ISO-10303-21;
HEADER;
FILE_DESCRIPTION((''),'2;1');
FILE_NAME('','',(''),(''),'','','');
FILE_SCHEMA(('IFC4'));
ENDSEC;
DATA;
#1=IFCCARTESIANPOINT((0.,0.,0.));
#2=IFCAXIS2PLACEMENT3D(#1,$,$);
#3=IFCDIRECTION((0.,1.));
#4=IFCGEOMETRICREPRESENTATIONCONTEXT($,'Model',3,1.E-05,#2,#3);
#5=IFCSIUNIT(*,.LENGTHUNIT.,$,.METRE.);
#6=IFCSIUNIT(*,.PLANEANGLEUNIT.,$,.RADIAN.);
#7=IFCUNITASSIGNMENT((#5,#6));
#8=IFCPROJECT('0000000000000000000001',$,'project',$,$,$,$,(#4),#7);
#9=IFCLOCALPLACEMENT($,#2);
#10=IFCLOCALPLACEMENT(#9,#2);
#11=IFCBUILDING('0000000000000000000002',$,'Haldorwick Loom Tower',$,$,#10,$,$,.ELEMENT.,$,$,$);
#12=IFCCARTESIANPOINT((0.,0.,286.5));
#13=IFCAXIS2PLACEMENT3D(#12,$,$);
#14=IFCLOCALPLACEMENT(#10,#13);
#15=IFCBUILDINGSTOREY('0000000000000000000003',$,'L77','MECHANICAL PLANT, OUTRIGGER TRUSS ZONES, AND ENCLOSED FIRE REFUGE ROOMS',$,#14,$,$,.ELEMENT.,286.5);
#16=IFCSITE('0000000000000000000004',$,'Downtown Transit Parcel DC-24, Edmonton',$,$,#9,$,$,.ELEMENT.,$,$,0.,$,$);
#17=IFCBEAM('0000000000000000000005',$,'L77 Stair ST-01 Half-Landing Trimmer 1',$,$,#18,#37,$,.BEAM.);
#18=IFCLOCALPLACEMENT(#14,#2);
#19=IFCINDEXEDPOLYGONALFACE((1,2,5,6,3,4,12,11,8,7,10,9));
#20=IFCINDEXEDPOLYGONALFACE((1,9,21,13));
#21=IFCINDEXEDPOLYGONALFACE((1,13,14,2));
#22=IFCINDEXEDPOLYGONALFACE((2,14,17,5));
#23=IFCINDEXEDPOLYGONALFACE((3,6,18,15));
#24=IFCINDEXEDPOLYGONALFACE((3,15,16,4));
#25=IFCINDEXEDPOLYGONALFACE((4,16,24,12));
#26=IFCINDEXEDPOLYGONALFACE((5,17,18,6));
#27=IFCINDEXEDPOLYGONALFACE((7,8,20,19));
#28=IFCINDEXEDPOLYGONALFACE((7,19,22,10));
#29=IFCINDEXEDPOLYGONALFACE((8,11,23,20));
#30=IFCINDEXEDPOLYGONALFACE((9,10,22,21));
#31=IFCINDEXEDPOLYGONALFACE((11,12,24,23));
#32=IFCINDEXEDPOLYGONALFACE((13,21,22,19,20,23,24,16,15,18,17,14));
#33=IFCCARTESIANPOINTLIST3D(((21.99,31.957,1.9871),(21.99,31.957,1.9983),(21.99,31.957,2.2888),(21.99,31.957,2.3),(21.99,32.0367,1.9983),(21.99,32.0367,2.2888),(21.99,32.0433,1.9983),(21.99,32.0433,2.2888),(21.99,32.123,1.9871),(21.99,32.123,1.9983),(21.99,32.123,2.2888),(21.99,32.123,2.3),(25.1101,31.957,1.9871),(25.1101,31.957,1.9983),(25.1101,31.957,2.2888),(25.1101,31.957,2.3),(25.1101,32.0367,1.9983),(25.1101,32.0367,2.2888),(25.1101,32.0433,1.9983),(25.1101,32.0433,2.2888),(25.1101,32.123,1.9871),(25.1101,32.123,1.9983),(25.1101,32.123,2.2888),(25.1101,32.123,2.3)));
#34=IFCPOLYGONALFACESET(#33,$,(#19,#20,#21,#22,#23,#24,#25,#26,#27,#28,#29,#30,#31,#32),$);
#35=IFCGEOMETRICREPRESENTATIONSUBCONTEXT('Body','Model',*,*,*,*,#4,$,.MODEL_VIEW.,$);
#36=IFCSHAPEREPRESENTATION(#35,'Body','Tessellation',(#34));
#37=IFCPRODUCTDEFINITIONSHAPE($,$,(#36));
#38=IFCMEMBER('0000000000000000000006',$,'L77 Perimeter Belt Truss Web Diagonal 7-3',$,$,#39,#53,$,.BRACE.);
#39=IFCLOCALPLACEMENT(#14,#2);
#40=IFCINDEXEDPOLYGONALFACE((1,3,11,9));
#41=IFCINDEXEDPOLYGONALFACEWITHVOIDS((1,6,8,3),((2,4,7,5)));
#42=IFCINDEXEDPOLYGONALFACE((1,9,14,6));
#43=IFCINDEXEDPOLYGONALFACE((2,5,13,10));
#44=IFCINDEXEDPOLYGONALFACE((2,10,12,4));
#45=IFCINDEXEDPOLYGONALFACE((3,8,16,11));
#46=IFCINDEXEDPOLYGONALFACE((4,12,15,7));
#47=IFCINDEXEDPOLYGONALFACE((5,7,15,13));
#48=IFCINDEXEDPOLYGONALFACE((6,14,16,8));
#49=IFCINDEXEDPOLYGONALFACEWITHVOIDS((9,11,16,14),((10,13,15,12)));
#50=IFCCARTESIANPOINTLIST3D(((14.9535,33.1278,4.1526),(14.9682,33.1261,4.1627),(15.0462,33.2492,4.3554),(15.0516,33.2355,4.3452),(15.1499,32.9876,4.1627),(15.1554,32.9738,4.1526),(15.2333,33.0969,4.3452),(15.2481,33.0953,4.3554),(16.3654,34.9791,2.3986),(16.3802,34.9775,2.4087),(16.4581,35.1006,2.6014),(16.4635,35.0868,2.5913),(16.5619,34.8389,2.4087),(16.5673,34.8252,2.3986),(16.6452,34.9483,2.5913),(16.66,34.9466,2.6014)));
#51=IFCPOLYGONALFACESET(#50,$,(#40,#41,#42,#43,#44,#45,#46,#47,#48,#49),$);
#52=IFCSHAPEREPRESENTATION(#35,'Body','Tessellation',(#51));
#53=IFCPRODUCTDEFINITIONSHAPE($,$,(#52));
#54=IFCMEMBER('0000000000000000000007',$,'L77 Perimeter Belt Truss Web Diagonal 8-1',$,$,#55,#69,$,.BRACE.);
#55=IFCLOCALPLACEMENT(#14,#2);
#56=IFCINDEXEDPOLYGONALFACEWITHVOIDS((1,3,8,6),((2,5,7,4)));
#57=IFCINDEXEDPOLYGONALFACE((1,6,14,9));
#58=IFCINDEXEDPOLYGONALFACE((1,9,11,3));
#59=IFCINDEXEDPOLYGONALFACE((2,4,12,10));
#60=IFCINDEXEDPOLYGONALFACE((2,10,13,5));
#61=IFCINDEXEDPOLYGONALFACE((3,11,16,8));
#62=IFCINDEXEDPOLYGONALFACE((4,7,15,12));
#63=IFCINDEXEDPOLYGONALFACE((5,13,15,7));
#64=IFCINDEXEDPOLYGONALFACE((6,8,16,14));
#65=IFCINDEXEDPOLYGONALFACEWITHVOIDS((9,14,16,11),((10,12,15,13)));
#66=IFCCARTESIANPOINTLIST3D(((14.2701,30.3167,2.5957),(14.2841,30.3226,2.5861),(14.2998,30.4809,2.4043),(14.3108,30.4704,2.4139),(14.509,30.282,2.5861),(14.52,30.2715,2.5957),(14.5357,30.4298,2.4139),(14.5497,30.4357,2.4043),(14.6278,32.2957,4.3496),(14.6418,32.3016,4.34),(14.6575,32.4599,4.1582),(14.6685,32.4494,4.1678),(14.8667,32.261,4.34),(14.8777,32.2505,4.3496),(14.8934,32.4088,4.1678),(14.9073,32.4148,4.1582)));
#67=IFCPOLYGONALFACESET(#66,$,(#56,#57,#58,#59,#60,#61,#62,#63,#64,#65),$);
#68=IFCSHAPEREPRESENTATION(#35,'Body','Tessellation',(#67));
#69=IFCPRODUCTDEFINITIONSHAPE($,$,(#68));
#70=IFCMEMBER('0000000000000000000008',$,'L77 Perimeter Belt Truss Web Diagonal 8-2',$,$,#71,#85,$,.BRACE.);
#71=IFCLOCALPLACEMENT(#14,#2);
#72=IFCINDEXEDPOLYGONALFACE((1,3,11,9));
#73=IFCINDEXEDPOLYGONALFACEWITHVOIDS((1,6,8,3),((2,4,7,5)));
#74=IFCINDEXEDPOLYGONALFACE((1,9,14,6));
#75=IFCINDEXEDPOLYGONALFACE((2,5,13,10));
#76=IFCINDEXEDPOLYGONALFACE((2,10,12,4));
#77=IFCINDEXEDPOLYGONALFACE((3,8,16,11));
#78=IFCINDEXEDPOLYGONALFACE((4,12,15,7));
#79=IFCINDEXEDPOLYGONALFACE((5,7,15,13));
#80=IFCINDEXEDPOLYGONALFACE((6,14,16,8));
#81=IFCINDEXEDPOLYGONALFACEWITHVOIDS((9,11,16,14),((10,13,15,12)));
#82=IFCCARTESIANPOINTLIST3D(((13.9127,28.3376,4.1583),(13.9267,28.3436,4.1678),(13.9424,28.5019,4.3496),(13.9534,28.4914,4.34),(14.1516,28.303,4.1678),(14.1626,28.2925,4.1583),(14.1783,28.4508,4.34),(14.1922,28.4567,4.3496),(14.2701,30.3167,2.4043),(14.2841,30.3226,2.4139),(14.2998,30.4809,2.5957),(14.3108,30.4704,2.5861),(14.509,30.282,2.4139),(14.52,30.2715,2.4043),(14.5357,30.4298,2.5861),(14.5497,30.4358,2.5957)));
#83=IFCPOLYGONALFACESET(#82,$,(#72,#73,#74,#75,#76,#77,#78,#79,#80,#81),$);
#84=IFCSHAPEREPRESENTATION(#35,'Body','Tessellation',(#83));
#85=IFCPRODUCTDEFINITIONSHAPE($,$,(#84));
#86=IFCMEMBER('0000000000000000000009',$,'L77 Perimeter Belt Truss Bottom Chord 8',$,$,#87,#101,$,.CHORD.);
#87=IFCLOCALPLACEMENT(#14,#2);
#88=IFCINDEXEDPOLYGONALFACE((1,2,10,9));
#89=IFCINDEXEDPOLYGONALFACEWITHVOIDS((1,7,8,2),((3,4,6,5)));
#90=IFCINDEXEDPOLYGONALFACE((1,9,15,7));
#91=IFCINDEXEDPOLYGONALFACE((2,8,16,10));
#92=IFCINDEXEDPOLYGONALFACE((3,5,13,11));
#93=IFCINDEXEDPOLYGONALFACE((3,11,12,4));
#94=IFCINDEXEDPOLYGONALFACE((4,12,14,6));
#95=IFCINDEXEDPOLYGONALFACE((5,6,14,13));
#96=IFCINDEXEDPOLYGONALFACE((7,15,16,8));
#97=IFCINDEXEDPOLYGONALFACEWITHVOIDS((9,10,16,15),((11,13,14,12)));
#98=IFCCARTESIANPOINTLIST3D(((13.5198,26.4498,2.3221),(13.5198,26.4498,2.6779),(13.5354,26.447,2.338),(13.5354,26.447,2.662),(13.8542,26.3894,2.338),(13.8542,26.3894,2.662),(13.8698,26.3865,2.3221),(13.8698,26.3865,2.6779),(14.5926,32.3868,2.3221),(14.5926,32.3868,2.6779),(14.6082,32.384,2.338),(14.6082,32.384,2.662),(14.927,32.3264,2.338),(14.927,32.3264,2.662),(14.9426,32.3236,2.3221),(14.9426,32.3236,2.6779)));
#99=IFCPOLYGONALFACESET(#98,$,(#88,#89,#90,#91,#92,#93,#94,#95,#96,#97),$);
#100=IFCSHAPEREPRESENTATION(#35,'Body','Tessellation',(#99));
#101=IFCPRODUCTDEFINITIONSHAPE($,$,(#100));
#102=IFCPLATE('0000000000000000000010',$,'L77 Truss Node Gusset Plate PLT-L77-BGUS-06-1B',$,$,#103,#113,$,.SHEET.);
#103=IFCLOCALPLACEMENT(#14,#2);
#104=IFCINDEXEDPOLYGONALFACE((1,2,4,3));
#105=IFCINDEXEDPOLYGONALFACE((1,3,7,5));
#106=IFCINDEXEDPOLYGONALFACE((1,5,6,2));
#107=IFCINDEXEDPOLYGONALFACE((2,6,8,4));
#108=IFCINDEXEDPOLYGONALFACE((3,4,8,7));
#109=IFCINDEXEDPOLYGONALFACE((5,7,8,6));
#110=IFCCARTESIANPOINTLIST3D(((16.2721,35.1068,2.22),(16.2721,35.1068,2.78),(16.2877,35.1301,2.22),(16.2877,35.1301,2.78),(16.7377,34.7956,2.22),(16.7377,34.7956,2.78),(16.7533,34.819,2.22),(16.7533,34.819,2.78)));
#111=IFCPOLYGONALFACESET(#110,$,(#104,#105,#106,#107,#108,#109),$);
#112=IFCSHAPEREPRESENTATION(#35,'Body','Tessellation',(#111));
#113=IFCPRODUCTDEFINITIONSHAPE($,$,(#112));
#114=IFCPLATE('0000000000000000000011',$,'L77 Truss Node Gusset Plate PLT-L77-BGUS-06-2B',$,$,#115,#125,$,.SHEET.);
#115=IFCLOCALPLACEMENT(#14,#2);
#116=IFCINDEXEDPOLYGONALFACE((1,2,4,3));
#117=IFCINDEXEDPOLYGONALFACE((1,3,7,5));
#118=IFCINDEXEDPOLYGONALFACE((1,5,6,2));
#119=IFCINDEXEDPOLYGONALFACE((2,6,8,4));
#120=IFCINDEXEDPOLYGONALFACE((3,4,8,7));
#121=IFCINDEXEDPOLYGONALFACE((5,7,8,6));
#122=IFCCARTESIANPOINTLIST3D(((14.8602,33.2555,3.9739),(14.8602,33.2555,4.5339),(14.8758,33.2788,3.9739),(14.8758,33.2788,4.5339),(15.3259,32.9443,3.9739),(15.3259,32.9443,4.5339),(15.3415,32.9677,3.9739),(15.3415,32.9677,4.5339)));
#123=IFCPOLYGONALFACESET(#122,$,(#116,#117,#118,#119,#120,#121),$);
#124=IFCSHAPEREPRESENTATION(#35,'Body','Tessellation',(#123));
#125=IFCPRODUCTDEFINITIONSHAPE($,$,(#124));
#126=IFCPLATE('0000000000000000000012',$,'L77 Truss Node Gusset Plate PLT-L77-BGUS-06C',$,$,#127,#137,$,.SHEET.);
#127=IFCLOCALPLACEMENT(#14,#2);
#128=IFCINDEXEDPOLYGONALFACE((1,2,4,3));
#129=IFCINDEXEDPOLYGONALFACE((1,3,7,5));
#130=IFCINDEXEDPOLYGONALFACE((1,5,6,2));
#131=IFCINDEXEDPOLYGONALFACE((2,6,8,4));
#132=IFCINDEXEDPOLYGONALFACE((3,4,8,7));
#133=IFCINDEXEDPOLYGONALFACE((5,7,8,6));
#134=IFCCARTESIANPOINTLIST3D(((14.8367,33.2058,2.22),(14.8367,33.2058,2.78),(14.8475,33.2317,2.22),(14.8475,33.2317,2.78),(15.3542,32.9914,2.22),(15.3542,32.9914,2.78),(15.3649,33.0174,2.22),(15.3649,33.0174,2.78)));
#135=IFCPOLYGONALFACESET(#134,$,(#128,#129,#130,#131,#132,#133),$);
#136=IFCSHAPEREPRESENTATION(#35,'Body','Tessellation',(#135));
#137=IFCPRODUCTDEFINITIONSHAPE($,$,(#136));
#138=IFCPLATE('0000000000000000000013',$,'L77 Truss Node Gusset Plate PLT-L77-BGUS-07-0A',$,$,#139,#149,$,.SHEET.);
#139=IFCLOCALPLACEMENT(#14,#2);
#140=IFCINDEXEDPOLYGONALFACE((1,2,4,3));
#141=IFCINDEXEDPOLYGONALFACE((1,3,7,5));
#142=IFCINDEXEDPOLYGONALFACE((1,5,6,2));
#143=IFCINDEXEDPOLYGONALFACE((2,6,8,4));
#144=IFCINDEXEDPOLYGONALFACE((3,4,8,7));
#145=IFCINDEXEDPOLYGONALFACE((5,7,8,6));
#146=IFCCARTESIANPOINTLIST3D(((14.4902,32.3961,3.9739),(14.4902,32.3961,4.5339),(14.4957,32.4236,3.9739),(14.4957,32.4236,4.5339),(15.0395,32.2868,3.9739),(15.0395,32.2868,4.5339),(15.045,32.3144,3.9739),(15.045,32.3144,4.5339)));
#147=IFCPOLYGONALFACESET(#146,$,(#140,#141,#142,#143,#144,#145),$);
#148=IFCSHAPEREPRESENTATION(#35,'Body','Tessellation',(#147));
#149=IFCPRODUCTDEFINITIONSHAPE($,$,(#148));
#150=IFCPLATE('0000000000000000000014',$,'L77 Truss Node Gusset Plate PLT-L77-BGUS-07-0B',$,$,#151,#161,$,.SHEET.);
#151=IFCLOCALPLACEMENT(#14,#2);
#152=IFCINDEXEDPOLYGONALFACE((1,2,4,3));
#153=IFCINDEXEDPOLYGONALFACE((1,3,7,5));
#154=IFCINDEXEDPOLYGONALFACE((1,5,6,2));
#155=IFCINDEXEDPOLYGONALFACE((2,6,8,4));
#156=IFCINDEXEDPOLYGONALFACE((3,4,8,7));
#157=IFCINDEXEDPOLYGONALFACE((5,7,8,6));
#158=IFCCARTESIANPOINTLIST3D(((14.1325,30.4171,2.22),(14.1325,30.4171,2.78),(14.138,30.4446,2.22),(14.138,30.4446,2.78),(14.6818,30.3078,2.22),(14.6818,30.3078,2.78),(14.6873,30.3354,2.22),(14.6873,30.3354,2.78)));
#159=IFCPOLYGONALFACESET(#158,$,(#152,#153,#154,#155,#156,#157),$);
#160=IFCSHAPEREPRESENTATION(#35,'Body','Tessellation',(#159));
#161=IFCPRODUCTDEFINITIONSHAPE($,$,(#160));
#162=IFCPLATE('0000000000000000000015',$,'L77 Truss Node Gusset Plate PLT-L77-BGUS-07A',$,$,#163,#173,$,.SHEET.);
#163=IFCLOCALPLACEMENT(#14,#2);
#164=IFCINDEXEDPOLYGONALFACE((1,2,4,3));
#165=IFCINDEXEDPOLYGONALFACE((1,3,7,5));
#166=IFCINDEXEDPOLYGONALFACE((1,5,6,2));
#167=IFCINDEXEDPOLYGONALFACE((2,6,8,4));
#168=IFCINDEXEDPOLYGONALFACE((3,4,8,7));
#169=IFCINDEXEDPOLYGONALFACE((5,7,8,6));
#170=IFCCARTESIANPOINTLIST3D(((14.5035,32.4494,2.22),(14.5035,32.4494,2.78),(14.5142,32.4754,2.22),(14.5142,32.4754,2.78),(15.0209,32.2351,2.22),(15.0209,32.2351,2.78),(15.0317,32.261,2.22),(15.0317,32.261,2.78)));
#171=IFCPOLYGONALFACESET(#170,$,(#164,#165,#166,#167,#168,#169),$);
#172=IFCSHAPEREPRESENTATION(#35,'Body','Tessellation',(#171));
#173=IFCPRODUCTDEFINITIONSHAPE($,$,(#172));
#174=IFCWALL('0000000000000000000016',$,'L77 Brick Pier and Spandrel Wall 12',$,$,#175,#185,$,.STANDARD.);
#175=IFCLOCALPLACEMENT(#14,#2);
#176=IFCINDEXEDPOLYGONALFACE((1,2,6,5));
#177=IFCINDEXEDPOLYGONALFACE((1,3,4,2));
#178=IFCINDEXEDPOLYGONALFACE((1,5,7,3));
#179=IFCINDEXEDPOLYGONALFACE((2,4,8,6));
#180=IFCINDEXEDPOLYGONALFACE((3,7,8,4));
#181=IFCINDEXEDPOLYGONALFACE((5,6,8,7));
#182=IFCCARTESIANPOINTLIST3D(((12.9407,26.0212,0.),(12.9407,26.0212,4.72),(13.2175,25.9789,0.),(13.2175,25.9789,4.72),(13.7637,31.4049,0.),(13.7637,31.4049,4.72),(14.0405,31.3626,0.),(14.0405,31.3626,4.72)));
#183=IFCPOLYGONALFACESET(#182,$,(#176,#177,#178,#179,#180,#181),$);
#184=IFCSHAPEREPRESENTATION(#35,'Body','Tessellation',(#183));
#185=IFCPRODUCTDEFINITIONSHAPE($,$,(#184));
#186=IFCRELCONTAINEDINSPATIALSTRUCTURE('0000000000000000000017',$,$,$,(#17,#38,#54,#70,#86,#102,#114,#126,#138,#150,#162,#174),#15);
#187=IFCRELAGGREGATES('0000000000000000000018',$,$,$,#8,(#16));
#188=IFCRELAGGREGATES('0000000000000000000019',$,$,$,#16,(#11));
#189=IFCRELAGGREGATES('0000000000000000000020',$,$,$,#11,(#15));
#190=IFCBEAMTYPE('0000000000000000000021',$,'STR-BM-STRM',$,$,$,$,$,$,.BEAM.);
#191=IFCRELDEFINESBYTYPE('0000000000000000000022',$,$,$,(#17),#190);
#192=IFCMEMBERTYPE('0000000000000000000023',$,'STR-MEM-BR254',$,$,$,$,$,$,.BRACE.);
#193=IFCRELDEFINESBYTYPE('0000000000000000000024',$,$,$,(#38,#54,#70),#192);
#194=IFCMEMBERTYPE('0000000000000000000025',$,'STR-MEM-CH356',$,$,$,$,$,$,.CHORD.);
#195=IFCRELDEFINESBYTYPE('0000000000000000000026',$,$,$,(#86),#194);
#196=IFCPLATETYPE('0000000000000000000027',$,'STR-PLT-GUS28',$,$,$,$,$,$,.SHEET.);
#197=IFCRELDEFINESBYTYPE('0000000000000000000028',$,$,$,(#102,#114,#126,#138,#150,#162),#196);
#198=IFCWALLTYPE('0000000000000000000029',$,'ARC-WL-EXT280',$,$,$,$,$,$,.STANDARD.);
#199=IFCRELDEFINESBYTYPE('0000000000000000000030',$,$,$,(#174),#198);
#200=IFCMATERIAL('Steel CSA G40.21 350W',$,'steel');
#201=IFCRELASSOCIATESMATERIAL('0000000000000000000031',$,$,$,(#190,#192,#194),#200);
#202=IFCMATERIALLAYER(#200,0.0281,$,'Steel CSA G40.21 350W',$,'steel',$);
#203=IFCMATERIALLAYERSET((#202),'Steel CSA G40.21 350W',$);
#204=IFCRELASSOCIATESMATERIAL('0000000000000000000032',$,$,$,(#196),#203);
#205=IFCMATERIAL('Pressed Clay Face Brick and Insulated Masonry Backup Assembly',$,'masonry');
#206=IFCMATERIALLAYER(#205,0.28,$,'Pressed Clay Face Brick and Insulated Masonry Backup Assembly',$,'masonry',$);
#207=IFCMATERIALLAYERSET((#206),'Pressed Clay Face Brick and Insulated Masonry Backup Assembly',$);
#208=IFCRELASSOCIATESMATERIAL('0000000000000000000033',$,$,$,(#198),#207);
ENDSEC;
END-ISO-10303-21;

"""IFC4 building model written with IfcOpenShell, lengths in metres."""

from ifc_helpers import new_model, si_unit, direction, frame, frame_2d, origin, origin_2d, place, context, subcontext, project, spatial, rectangle, hollow_rectangle, i_section, extrude, material, layer, layer_set, material_profile, profile_set, type_object, element, save


model = new_model("IFC4")

# Units and contexts
model_context = context("Model", 3, precision=1e-05, world=origin(), true_north=direction((0.0, 1.0)))
body_context = subcontext(model_context, "Body", "Model", "MODEL_VIEW")
ifc_project = project(units=[si_unit("LENGTHUNIT", "METRE"), si_unit("PLANEANGLEUNIT", "RADIAN")], contexts=[model_context])

# Site, building, storey
site_placement = place(None, origin())
site = spatial("IfcSite", under=ifc_project, at=site_placement, Name="Downtown Transit Parcel DC-24, Edmonton", CompositionType="ELEMENT", RefElevation=0.0)
building_placement = place(site_placement, origin())
building = spatial("IfcBuilding", under=site, at=building_placement, Name="Haldorwick Loom Tower", CompositionType="ELEMENT")
storey_placement = place(building_placement, frame((0.0, 0.0, 286.5)))
storey = spatial("IfcBuildingStorey", under=building, at=storey_placement, Name="L77", Description="MECHANICAL PLANT, OUTRIGGER TRUSS ZONES, AND ENCLOSED FIRE REFUGE ROOMS", CompositionType="ELEMENT", Elevation=286.5)

# Shared definitions
ifc_material_1 = material(Name="Steel CSA G40.21 350W", Category="steel")

# Beam
ifc_material_profile_1 = material_profile(ifc_material_1, i_section(OverallWidth=0.166, OverallDepth=0.313, WebThickness=0.0066, FlangeThickness=0.0112, at=origin_2d()), Name="W310X45", Category="steel")
ifc_profile_set_1 = profile_set([ifc_material_profile_1], Name="Steel CSA G40.21 350W")
beam_type_1 = type_object("IfcBeamType", Name="STR-BM-STRM", PredefinedType="BEAM", material=ifc_profile_set_1)
beam_1_placement = place(storey_placement, frame((21.99, 32.04, 2.1436), z_axis=(1.0, 0.0, 0.0), x_axis=(0.0, 1.0, 0.0)))
element("IfcBeam", 1, at=beam_1_placement, inside=storey, type_object=beam_type_1, Name="L77 Stair ST-01 Half-Landing Trimmer 1", PredefinedType="BEAM", context=body_context, shape_type="SweptSolid", body=[
    extrude(i_section(OverallWidth=0.166, OverallDepth=0.313, WebThickness=0.0066, FlangeThickness=0.0112, at=origin_2d()), origin(), (0.0, 0.0, 1.0), 3.1201),
])

# Members
ifc_material_profile_2 = material_profile(ifc_material_1, hollow_rectangle(XDim=0.2539, YDim=0.2539, WallThickness=0.0127, at=origin_2d()), Name="HSS254X254X13", Category="steel")
ifc_profile_set_2 = profile_set([ifc_material_profile_2], Name="Steel CSA G40.21 350W")
member_type_1 = type_object("IfcMemberType", Name="STR-MEM-BR254", PredefinedType="BRACE", material=ifc_profile_set_2)
member_1_placement = place(storey_placement, frame((16.5127, 34.9629, 2.5), z_axis=(-0.484353, -0.635112, 0.601694), x_axis=(0.795155, -0.606406, 0.0)))
element("IfcMember", 2, at=member_1_placement, inside=storey, type_object=member_type_1, Name="L77 Perimeter Belt Truss Web Diagonal 7-3", PredefinedType="BRACE", context=body_context, shape_type="SweptSolid", body=[
    extrude(hollow_rectangle(XDim=0.2539, YDim=0.2539, WallThickness=0.0127, at=origin_2d()), origin(), (0.0, 0.0, 1.0), 2.915),
])
for number, where, z_axis, x_axis, name in (
    (3, (14.7676, 32.3552, 4.2539), (-0.134036, -0.741633, -0.657278), (0.984058, -0.177849, 0.0), "L77 Perimeter Belt Truss Web Diagonal 8-1"),
    (4, (14.4099, 30.3762, 2.5), (-0.133946, -0.741643, 0.657286), (0.984079, -0.177732, 0.0), "L77 Perimeter Belt Truss Web Diagonal 8-2"),
):
    element("IfcMember", number, at=place(storey_placement, frame(where, z_axis=z_axis, x_axis=x_axis)), inside=storey, type_object=member_type_1, Name=name, PredefinedType="BRACE", context=body_context, shape_type="SweptSolid", body=[
        extrude(hollow_rectangle(XDim=0.2539, YDim=0.2539, WallThickness=0.0127, at=origin_2d()), origin(), (0.0, 0.0, 1.0), 2.6685),
    ])
ifc_material_profile_3 = material_profile(ifc_material_1, hollow_rectangle(XDim=0.3557, YDim=0.3557, WallThickness=0.0159, at=origin_2d()), Name="HSS356X356X16", Category="steel")
ifc_profile_set_3 = profile_set([ifc_material_profile_3], Name="Steel CSA G40.21 350W")
member_type_2 = type_object("IfcMemberType", Name="STR-MEM-CH356", PredefinedType="CHORD", material=ifc_profile_set_3)
member_2_placement = place(storey_placement, frame((14.7676, 32.3552, 2.5), z_axis=(-0.17781, -0.984065, 0.0), x_axis=(0.984065, -0.17781, 0.0)))
element("IfcMember", 5, at=member_2_placement, inside=storey, type_object=member_type_2, Name="L77 Perimeter Belt Truss Bottom Chord 8", PredefinedType="CHORD", context=body_context, shape_type="SweptSolid", body=[
    extrude(hollow_rectangle(XDim=0.3557, YDim=0.3557, WallThickness=0.0159, at=origin_2d()), origin(), (0.0, 0.0, 1.0), 6.0332),
])

# Plates
ifc_layer_1 = layer(ifc_material_1, 0.0281, Name="Steel CSA G40.21 350W", Category="steel")
ifc_layer_set_1 = layer_set([ifc_layer_1], Name="Steel CSA G40.21 350W")
plate_type = type_object("IfcPlateType", Name="STR-PLT-GUS28", PredefinedType="SHEET", material=ifc_layer_set_1)
for number, where, z_axis, x_axis, name in (
    (6, (16.5127, 34.9629, 2.22), (0.0, 0.0, 1.0), (-0.83147, 0.55557, 0.0), "L77 Truss Node Gusset Plate PLT-L77-BGUS-06-1B"),
    (7, (15.1008, 33.1116, 3.9739), (0.0, 0.0, 1.0), (-0.83147, 0.55557, 0.0), "L77 Truss Node Gusset Plate PLT-L77-BGUS-06-2B"),
    (8, (15.1008, 33.1116, 2.22), (0.0, 0.0, 1.0), (-0.92388, 0.382683, 0.0), "L77 Truss Node Gusset Plate PLT-L77-BGUS-06C"),
    (9, (14.7676, 32.3552, 3.9739), (0.0, 0.0, 1.0), (-0.980785, 0.19509, 0.0), "L77 Truss Node Gusset Plate PLT-L77-BGUS-07-0A"),
    (10, (14.4099, 30.3762, 2.22), (0.0, 0.0, 1.0), (-0.980785, 0.19509, 0.0), "L77 Truss Node Gusset Plate PLT-L77-BGUS-07-0B"),
    (11, (14.7676, 32.3552, 2.22), (0.0, 0.0, 1.0), (-0.92388, 0.382683, 0.0), "L77 Truss Node Gusset Plate PLT-L77-BGUS-07A"),
):
    element("IfcPlate", number, at=place(storey_placement, frame(where, z_axis=z_axis, x_axis=x_axis)), inside=storey, type_object=plate_type, Name=name, PredefinedType="SHEET", context=body_context, shape_type="SweptSolid", body=[
        extrude(rectangle(XDim=0.5601, YDim=0.0281, at=origin_2d()), origin(), (0.0, 0.0, 1.0), 0.5601),
    ])

# Wall
ifc_material_2 = material(Name="Pressed Clay Face Brick and Insulated Masonry Backup Assembly", Category="masonry")
ifc_layer_2 = layer(ifc_material_2, 0.28, Name="Pressed Clay Face Brick and Insulated Masonry Backup Assembly", Category="masonry")
ifc_layer_set_2 = layer_set([ifc_layer_2], Name="Pressed Clay Face Brick and Insulated Masonry Backup Assembly")
wall_type_1 = type_object("IfcWallType", Name="ARC-WL-EXT280", PredefinedType="STANDARD", material=ifc_layer_set_2)
wall_1_placement = place(storey_placement, frame((13.9021, 31.3838, 0.0), z_axis=(0.0, 0.0, 1.0), x_axis=(-0.151111, -0.988517, 0.0)))
element("IfcWall", 12, at=wall_1_placement, inside=storey, type_object=wall_type_1, Name="L77 Brick Pier and Spandrel Wall 12", PredefinedType="STANDARD", context=body_context, shape_type="SweptSolid", body=[
    extrude(rectangle(XDim=5.4463, YDim=0.28, at=frame_2d((2.7231, 0.0))), origin(), (0.0, 0.0, 1.0), 4.72),
])

save(model, "model.ifc")
